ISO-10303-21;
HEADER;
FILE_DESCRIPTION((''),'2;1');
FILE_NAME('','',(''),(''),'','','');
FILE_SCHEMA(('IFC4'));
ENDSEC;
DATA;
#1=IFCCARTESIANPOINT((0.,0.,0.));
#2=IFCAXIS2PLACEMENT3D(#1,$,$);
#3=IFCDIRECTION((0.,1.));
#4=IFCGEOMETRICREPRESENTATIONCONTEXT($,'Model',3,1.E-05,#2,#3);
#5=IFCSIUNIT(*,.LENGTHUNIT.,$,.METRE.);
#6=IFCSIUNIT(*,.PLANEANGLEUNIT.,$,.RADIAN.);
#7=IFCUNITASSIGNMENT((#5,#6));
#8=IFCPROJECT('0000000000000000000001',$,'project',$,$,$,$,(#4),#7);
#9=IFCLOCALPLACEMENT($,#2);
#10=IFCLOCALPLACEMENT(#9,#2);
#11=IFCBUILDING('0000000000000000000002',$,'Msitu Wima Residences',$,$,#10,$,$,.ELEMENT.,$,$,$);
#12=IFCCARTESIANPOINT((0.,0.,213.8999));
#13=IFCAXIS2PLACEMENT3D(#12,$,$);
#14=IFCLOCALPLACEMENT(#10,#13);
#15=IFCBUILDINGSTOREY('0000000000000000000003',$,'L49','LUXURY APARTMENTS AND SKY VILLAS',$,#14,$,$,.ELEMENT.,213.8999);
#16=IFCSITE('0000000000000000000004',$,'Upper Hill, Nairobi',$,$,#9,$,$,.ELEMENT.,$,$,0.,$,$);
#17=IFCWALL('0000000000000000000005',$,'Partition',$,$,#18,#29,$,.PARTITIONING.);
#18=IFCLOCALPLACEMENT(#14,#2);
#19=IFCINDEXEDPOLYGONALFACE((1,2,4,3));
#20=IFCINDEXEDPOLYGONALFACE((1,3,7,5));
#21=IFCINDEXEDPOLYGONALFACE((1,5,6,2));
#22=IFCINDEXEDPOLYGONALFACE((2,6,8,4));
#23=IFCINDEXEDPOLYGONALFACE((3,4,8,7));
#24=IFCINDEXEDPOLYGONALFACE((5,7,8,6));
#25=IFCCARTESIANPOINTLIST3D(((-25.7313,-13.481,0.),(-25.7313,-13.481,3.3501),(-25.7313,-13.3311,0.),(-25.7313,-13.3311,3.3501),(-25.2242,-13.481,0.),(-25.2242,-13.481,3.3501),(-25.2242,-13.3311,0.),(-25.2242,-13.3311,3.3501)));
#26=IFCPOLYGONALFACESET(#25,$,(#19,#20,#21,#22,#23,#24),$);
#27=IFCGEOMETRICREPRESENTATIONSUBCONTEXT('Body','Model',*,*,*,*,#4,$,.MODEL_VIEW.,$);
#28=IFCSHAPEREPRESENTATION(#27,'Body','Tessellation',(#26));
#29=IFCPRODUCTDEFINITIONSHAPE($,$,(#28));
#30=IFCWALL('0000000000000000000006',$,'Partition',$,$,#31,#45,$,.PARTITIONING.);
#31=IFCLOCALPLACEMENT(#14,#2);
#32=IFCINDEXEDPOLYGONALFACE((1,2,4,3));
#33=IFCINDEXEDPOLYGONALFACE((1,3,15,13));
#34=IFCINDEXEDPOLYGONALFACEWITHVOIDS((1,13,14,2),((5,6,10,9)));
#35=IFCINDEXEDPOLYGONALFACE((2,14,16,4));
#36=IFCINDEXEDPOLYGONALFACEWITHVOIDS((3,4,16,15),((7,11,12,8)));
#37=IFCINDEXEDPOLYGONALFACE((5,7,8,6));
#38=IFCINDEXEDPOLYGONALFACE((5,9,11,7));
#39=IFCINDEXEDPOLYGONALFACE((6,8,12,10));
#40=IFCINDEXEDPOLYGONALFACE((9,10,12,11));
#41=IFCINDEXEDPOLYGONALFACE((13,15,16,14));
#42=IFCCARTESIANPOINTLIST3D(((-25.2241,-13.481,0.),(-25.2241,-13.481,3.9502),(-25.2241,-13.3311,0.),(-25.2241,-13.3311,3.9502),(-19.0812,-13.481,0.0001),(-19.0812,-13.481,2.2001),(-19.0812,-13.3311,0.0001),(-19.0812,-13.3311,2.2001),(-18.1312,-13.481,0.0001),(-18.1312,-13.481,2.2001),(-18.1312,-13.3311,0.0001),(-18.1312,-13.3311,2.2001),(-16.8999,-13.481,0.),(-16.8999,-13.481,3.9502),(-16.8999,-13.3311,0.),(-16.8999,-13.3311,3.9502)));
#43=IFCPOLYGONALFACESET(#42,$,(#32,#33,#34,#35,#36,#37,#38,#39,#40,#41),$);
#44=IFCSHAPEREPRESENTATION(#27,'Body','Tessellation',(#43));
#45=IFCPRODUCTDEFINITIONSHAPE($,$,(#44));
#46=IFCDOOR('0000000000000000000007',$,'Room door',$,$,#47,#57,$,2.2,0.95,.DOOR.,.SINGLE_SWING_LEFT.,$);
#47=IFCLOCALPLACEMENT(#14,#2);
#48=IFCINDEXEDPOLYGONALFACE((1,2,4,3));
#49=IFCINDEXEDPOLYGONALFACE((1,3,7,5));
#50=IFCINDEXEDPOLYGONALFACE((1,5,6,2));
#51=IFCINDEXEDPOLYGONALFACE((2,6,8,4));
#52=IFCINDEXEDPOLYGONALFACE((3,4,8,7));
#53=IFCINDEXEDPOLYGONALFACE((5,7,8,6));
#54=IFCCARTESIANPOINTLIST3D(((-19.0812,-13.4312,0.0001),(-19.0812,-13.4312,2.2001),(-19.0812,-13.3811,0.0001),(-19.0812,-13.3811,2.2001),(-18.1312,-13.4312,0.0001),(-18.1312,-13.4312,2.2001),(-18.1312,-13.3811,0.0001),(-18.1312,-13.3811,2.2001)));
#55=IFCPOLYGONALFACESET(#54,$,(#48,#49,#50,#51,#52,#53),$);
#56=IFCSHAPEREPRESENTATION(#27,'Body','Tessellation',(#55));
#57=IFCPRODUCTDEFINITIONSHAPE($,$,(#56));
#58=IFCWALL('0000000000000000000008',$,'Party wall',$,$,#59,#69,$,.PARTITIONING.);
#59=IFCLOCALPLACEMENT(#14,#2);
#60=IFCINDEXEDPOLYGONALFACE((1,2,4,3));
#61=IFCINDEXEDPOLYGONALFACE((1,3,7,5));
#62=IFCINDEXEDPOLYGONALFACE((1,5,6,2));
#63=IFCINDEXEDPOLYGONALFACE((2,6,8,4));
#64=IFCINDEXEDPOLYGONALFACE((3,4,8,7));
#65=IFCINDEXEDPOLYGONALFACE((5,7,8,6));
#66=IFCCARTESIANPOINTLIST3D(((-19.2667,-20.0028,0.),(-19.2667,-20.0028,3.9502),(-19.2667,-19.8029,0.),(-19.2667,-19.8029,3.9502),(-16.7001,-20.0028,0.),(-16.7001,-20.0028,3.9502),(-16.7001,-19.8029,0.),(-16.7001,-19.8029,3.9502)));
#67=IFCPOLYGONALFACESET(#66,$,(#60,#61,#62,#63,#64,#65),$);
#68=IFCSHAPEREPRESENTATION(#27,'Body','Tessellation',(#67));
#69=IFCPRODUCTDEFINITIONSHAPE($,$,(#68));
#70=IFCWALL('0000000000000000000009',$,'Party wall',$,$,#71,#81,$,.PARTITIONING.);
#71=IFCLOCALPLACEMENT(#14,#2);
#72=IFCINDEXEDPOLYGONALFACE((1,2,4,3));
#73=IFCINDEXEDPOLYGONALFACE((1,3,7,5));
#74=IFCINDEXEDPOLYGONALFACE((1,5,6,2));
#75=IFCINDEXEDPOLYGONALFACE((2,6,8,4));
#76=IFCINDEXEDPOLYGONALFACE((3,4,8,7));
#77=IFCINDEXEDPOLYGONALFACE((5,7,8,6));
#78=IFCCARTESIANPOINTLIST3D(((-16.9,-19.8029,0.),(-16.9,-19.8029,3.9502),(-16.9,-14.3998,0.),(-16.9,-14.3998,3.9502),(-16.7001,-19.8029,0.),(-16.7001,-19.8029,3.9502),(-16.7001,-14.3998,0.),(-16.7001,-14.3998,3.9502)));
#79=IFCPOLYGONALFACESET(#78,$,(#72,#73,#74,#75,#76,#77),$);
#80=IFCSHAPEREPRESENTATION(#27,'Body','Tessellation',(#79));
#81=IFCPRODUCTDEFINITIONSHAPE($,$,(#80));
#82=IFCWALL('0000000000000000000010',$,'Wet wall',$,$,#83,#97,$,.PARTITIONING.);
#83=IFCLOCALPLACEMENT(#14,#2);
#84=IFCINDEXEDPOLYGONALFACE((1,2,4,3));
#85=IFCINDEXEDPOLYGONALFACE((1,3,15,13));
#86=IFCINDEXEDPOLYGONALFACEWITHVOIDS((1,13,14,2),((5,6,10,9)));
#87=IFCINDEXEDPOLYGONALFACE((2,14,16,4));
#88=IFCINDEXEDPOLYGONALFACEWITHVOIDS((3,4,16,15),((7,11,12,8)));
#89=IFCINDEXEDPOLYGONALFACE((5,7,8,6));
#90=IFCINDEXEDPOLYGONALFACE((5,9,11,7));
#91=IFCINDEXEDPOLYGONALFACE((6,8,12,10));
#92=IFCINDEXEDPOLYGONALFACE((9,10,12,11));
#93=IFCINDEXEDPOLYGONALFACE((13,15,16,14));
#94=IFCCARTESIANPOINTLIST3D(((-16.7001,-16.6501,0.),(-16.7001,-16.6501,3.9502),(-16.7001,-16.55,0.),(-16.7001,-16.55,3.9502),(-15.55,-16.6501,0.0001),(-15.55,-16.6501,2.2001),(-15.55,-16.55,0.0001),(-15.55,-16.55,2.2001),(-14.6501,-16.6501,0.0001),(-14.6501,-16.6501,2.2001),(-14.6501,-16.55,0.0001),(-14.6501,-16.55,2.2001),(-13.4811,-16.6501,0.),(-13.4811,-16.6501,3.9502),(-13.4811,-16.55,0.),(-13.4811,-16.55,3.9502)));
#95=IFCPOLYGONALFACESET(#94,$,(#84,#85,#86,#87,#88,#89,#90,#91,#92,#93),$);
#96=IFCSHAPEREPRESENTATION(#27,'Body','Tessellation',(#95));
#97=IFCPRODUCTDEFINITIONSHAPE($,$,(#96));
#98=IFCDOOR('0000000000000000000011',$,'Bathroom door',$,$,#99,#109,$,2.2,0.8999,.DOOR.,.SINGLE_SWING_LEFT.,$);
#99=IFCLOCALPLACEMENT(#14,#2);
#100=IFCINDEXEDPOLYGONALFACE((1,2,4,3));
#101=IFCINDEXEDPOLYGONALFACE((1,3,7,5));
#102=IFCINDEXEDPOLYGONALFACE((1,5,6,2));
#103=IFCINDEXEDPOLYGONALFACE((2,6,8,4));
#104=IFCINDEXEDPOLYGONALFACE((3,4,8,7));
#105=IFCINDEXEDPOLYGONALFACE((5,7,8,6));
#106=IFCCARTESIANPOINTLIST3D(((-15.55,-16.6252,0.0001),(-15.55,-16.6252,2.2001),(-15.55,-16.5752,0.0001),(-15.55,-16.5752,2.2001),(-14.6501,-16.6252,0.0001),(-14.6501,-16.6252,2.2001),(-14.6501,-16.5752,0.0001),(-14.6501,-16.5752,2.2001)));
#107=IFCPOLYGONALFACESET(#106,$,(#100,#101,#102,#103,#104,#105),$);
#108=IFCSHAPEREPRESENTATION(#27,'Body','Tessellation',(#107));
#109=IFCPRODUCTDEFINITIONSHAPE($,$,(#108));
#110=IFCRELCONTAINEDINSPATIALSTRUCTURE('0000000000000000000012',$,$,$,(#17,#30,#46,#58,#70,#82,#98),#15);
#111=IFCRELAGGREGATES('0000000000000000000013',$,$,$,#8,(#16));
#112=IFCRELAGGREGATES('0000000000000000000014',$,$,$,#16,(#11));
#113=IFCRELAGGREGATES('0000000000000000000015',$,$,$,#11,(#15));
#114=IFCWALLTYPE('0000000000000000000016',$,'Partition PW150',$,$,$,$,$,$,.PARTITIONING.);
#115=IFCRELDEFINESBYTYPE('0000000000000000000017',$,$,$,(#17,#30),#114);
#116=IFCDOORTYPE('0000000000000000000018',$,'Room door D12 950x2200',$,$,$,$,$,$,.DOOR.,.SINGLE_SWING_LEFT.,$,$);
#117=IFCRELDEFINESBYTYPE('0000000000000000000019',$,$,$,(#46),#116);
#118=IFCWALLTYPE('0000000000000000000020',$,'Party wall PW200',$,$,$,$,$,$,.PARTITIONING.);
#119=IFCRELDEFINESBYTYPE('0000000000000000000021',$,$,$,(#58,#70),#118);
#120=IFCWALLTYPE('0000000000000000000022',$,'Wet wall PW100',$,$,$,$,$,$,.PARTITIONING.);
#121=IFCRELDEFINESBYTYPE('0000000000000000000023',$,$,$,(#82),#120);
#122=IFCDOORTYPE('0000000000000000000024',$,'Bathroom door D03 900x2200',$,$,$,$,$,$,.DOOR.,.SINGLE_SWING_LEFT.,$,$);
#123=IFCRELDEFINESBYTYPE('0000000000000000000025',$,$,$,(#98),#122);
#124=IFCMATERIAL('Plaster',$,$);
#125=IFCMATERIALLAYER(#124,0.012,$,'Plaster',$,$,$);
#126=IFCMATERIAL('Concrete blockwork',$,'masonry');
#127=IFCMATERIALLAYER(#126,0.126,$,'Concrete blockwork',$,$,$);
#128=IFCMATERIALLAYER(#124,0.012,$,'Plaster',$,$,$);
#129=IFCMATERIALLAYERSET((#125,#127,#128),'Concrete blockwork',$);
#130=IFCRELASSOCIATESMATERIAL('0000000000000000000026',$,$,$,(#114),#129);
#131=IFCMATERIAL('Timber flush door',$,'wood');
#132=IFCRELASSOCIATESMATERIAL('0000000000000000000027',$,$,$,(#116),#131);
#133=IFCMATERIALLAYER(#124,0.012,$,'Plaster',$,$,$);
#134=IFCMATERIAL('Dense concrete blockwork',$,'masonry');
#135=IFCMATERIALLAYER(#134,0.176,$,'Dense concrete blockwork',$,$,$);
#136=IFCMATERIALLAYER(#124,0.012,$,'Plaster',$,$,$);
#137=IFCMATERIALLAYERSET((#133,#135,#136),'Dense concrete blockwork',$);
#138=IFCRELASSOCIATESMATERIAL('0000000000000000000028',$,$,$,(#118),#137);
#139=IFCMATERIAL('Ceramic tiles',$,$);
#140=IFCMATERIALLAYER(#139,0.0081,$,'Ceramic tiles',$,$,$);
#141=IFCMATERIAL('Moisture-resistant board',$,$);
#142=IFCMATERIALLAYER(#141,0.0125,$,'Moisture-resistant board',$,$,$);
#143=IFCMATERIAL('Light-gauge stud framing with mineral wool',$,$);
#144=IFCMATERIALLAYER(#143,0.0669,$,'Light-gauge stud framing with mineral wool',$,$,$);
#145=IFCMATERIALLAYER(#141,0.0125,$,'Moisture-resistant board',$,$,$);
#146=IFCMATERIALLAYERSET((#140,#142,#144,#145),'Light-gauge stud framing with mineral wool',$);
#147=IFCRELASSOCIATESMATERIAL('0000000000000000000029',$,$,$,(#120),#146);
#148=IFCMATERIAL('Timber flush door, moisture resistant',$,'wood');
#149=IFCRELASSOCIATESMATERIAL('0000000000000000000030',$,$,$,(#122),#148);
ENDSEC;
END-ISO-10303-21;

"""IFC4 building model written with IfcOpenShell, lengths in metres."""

from ifc_helpers import new_model, si_unit, direction, frame, frame_2d, origin, place, context, subcontext, project, spatial, rectangle, extrude, material, layer, layer_set, type_object, element, fill, save


model = new_model("IFC4")

# Units and contexts
model_context = context("Model", 3, precision=1e-05, world=origin(), true_north=direction((0.0, 1.0)))
body_context = subcontext(model_context, "Body", "Model", "MODEL_VIEW")
ifc_project = project(units=[si_unit("LENGTHUNIT", "METRE"), si_unit("PLANEANGLEUNIT", "RADIAN")], contexts=[model_context])

# Site, building, storey
site_placement = place(None, origin())
site = spatial("IfcSite", under=ifc_project, at=site_placement, Name="Upper Hill, Nairobi", CompositionType="ELEMENT", RefElevation=0.0)
building_placement = place(site_placement, origin())
building = spatial("IfcBuilding", under=site, at=building_placement, Name="Msitu Wima Residences", CompositionType="ELEMENT")
storey_placement = place(building_placement, frame((0.0, 0.0, 213.8999)))
storey = spatial("IfcBuildingStorey", under=building, at=storey_placement, Name="L49", Description="LUXURY APARTMENTS AND SKY VILLAS", CompositionType="ELEMENT", Elevation=213.8999)

# Shared definitions
ifc_material_1 = material(Name="Plaster")
ifc_material_2 = material(Name="Concrete blockwork", Category="masonry")

# Wall
ifc_layer_1 = layer(ifc_material_1, 0.012, Name="Plaster")
ifc_layer_2 = layer(ifc_material_2, 0.126, Name="Concrete blockwork")
ifc_layer_3 = layer(ifc_material_1, 0.012, Name="Plaster")
ifc_layer_set_1 = layer_set([ifc_layer_1, ifc_layer_2, ifc_layer_3], Name="Concrete blockwork")
wall_type_1 = type_object("IfcWallType", Name="Partition PW150", PredefinedType="PARTITIONING", material=ifc_layer_set_1)
wall_1_placement = place(storey_placement, frame((-25.7312, -13.406, 0.0), z_axis=(0.0, 0.0, 1.0), x_axis=(1.0, 0.0, 0.0)))
element("IfcWall", 1, at=wall_1_placement, inside=storey, type_object=wall_type_1, Name="Partition", PredefinedType="PARTITIONING", context=body_context, shape_type="SweptSolid", body=[
    extrude(rectangle(XDim=0.5071, YDim=0.1499, at=frame_2d((0.2534, 0.0))), origin(), (0.0, 0.0, 1.0), 3.3501),
])

# Wall, opening, door
wall_2_placement = place(storey_placement, frame((-25.2241, -13.406, 0.0), z_axis=(0.0, 0.0, 1.0), x_axis=(1.0, 0.0, 0.0)))
wall_2 = element("IfcWall", 2, at=wall_2_placement, inside=storey, type_object=wall_type_1, Name="Partition", PredefinedType="PARTITIONING", context=body_context, shape_type="SweptSolid", body=[
    extrude(rectangle(XDim=8.3242, YDim=0.1499, at=frame_2d((4.1621, 0.0))), origin(), (0.0, 0.0, 1.0), 3.9502),
])
opening_1_placement = place(wall_2_placement, frame((6.1428, 0.0, 0.0)))
opening_1 = element("IfcOpeningElement", 3, at=opening_1_placement, cuts=wall_2, PredefinedType="OPENING", context=body_context, shape_type="SweptSolid", body=[
    extrude(rectangle(XDim=0.95, YDim=2.2, at=frame_2d((0.4751, 1.1001))), frame((0.0, 0.085, 0.0), z_axis=(0.0, -1.0, 0.0), x_axis=(1.0, 0.0, 0.0)), (0.0, 0.0, 1.0), 0.1699),
])
ifc_material_3 = material(Name="Timber flush door", Category="wood")
door_type_1 = type_object("IfcDoorType", Name="Room door D12 950x2200", OperationType="SINGLE_SWING_LEFT", PredefinedType="DOOR", material=ifc_material_3)
door_1_placement = place(opening_1_placement, origin())
door_1 = element("IfcDoor", 4, at=door_1_placement, inside=storey, type_object=door_type_1, Name="Room door", OperationType="SINGLE_SWING_LEFT", OverallHeight=2.2, OverallWidth=0.95, PredefinedType="DOOR", context=body_context, shape_type="SweptSolid", body=[
    extrude(rectangle(XDim=0.95, YDim=2.2, at=frame_2d((0.4751, 1.1001))), frame((0.0, 0.0249, 0.0), z_axis=(0.0, -1.0, 0.0), x_axis=(1.0, 0.0, 0.0)), (0.0, 0.0, 1.0), 0.05),
])
fill(opening_1, door_1)

# Walls
ifc_layer_4 = layer(ifc_material_1, 0.012, Name="Plaster")
ifc_material_4 = material(Name="Dense concrete blockwork", Category="masonry")
ifc_layer_5 = layer(ifc_material_4, 0.176, Name="Dense concrete blockwork")
ifc_layer_6 = layer(ifc_material_1, 0.012, Name="Plaster")
ifc_layer_set_2 = layer_set([ifc_layer_4, ifc_layer_5, ifc_layer_6], Name="Dense concrete blockwork")
wall_type_2 = type_object("IfcWallType", Name="Party wall PW200", PredefinedType="PARTITIONING", material=ifc_layer_set_2)
wall_3_placement = place(storey_placement, frame((-19.2666, -19.9028, 0.0), z_axis=(0.0, 0.0, 1.0), x_axis=(1.0, 0.0, 0.0)))
element("IfcWall", 5, at=wall_3_placement, inside=storey, type_object=wall_type_2, Name="Party wall", PredefinedType="PARTITIONING", context=body_context, shape_type="SweptSolid", body=[
    extrude(rectangle(XDim=2.5667, YDim=0.2, at=frame_2d((1.2832, 0.0))), origin(), (0.0, 0.0, 1.0), 3.9502),
])
wall_4_placement = place(storey_placement, frame((-16.8, -19.803, 0.0), z_axis=(0.0, 0.0, 1.0), x_axis=(0.0, 1.0, 0.0)))
element("IfcWall", 6, at=wall_4_placement, inside=storey, type_object=wall_type_2, Name="Party wall", PredefinedType="PARTITIONING", context=body_context, shape_type="SweptSolid", body=[
    extrude(rectangle(XDim=5.4031, YDim=0.2, at=frame_2d((2.7017, 0.0))), origin(), (0.0, 0.0, 1.0), 3.9502),
])

# Wall, opening, door
ifc_material_5 = material(Name="Ceramic tiles")
ifc_layer_7 = layer(ifc_material_5, 0.0081, Name="Ceramic tiles")
ifc_material_6 = material(Name="Moisture-resistant board")
ifc_layer_8 = layer(ifc_material_6, 0.0125, Name="Moisture-resistant board")
ifc_material_7 = material(Name="Light-gauge stud framing with mineral wool")
ifc_layer_9 = layer(ifc_material_7, 0.0669, Name="Light-gauge stud framing with mineral wool")
ifc_layer_10 = layer(ifc_material_6, 0.0125, Name="Moisture-resistant board")
ifc_layer_set_3 = layer_set([ifc_layer_7, ifc_layer_8, ifc_layer_9, ifc_layer_10], Name="Light-gauge stud framing with mineral wool")
wall_type_3 = type_object("IfcWallType", Name="Wet wall PW100", PredefinedType="PARTITIONING", material=ifc_layer_set_3)
wall_5_placement = place(storey_placement, frame((-16.7, -16.6001, 0.0), z_axis=(0.0, 0.0, 1.0), x_axis=(1.0, 0.0, 0.0)))
wall_5 = element("IfcWall", 7, at=wall_5_placement, inside=storey, type_object=wall_type_3, Name="Wet wall", PredefinedType="PARTITIONING", context=body_context, shape_type="SweptSolid", body=[
    extrude(rectangle(XDim=3.219, YDim=0.1001, at=frame_2d((1.6094, 0.0))), origin(), (0.0, 0.0, 1.0), 3.9502),
])
opening_2_placement = place(wall_5_placement, frame((1.1499, 0.0, 0.0)))
opening_2 = element("IfcOpeningElement", 8, at=opening_2_placement, cuts=wall_5, PredefinedType="OPENING", context=body_context, shape_type="SweptSolid", body=[
    extrude(rectangle(XDim=0.8999, YDim=2.2, at=frame_2d((0.45, 1.1001))), frame((0.0, 0.0601, 0.0), z_axis=(0.0, -1.0, 0.0), x_axis=(1.0, 0.0, 0.0)), (0.0, 0.0, 1.0), 0.1201),
])
ifc_material_8 = material(Name="Timber flush door, moisture resistant", Category="wood")
door_type_2 = type_object("IfcDoorType", Name="Bathroom door D03 900x2200", OperationType="SINGLE_SWING_LEFT", PredefinedType="DOOR", material=ifc_material_8)
door_2_placement = place(opening_2_placement, origin())
door_2 = element("IfcDoor", 9, at=door_2_placement, inside=storey, type_object=door_type_2, Name="Bathroom door", OperationType="SINGLE_SWING_LEFT", OverallHeight=2.2, OverallWidth=0.8999, PredefinedType="DOOR", context=body_context, shape_type="SweptSolid", body=[
    extrude(rectangle(XDim=0.8999, YDim=2.2, at=frame_2d((0.45, 1.1001))), frame((0.0, 0.0249, 0.0), z_axis=(0.0, -1.0, 0.0), x_axis=(1.0, 0.0, 0.0)), (0.0, 0.0, 1.0), 0.05),
])
fill(opening_2, door_2)

save(model, "model.ifc")
